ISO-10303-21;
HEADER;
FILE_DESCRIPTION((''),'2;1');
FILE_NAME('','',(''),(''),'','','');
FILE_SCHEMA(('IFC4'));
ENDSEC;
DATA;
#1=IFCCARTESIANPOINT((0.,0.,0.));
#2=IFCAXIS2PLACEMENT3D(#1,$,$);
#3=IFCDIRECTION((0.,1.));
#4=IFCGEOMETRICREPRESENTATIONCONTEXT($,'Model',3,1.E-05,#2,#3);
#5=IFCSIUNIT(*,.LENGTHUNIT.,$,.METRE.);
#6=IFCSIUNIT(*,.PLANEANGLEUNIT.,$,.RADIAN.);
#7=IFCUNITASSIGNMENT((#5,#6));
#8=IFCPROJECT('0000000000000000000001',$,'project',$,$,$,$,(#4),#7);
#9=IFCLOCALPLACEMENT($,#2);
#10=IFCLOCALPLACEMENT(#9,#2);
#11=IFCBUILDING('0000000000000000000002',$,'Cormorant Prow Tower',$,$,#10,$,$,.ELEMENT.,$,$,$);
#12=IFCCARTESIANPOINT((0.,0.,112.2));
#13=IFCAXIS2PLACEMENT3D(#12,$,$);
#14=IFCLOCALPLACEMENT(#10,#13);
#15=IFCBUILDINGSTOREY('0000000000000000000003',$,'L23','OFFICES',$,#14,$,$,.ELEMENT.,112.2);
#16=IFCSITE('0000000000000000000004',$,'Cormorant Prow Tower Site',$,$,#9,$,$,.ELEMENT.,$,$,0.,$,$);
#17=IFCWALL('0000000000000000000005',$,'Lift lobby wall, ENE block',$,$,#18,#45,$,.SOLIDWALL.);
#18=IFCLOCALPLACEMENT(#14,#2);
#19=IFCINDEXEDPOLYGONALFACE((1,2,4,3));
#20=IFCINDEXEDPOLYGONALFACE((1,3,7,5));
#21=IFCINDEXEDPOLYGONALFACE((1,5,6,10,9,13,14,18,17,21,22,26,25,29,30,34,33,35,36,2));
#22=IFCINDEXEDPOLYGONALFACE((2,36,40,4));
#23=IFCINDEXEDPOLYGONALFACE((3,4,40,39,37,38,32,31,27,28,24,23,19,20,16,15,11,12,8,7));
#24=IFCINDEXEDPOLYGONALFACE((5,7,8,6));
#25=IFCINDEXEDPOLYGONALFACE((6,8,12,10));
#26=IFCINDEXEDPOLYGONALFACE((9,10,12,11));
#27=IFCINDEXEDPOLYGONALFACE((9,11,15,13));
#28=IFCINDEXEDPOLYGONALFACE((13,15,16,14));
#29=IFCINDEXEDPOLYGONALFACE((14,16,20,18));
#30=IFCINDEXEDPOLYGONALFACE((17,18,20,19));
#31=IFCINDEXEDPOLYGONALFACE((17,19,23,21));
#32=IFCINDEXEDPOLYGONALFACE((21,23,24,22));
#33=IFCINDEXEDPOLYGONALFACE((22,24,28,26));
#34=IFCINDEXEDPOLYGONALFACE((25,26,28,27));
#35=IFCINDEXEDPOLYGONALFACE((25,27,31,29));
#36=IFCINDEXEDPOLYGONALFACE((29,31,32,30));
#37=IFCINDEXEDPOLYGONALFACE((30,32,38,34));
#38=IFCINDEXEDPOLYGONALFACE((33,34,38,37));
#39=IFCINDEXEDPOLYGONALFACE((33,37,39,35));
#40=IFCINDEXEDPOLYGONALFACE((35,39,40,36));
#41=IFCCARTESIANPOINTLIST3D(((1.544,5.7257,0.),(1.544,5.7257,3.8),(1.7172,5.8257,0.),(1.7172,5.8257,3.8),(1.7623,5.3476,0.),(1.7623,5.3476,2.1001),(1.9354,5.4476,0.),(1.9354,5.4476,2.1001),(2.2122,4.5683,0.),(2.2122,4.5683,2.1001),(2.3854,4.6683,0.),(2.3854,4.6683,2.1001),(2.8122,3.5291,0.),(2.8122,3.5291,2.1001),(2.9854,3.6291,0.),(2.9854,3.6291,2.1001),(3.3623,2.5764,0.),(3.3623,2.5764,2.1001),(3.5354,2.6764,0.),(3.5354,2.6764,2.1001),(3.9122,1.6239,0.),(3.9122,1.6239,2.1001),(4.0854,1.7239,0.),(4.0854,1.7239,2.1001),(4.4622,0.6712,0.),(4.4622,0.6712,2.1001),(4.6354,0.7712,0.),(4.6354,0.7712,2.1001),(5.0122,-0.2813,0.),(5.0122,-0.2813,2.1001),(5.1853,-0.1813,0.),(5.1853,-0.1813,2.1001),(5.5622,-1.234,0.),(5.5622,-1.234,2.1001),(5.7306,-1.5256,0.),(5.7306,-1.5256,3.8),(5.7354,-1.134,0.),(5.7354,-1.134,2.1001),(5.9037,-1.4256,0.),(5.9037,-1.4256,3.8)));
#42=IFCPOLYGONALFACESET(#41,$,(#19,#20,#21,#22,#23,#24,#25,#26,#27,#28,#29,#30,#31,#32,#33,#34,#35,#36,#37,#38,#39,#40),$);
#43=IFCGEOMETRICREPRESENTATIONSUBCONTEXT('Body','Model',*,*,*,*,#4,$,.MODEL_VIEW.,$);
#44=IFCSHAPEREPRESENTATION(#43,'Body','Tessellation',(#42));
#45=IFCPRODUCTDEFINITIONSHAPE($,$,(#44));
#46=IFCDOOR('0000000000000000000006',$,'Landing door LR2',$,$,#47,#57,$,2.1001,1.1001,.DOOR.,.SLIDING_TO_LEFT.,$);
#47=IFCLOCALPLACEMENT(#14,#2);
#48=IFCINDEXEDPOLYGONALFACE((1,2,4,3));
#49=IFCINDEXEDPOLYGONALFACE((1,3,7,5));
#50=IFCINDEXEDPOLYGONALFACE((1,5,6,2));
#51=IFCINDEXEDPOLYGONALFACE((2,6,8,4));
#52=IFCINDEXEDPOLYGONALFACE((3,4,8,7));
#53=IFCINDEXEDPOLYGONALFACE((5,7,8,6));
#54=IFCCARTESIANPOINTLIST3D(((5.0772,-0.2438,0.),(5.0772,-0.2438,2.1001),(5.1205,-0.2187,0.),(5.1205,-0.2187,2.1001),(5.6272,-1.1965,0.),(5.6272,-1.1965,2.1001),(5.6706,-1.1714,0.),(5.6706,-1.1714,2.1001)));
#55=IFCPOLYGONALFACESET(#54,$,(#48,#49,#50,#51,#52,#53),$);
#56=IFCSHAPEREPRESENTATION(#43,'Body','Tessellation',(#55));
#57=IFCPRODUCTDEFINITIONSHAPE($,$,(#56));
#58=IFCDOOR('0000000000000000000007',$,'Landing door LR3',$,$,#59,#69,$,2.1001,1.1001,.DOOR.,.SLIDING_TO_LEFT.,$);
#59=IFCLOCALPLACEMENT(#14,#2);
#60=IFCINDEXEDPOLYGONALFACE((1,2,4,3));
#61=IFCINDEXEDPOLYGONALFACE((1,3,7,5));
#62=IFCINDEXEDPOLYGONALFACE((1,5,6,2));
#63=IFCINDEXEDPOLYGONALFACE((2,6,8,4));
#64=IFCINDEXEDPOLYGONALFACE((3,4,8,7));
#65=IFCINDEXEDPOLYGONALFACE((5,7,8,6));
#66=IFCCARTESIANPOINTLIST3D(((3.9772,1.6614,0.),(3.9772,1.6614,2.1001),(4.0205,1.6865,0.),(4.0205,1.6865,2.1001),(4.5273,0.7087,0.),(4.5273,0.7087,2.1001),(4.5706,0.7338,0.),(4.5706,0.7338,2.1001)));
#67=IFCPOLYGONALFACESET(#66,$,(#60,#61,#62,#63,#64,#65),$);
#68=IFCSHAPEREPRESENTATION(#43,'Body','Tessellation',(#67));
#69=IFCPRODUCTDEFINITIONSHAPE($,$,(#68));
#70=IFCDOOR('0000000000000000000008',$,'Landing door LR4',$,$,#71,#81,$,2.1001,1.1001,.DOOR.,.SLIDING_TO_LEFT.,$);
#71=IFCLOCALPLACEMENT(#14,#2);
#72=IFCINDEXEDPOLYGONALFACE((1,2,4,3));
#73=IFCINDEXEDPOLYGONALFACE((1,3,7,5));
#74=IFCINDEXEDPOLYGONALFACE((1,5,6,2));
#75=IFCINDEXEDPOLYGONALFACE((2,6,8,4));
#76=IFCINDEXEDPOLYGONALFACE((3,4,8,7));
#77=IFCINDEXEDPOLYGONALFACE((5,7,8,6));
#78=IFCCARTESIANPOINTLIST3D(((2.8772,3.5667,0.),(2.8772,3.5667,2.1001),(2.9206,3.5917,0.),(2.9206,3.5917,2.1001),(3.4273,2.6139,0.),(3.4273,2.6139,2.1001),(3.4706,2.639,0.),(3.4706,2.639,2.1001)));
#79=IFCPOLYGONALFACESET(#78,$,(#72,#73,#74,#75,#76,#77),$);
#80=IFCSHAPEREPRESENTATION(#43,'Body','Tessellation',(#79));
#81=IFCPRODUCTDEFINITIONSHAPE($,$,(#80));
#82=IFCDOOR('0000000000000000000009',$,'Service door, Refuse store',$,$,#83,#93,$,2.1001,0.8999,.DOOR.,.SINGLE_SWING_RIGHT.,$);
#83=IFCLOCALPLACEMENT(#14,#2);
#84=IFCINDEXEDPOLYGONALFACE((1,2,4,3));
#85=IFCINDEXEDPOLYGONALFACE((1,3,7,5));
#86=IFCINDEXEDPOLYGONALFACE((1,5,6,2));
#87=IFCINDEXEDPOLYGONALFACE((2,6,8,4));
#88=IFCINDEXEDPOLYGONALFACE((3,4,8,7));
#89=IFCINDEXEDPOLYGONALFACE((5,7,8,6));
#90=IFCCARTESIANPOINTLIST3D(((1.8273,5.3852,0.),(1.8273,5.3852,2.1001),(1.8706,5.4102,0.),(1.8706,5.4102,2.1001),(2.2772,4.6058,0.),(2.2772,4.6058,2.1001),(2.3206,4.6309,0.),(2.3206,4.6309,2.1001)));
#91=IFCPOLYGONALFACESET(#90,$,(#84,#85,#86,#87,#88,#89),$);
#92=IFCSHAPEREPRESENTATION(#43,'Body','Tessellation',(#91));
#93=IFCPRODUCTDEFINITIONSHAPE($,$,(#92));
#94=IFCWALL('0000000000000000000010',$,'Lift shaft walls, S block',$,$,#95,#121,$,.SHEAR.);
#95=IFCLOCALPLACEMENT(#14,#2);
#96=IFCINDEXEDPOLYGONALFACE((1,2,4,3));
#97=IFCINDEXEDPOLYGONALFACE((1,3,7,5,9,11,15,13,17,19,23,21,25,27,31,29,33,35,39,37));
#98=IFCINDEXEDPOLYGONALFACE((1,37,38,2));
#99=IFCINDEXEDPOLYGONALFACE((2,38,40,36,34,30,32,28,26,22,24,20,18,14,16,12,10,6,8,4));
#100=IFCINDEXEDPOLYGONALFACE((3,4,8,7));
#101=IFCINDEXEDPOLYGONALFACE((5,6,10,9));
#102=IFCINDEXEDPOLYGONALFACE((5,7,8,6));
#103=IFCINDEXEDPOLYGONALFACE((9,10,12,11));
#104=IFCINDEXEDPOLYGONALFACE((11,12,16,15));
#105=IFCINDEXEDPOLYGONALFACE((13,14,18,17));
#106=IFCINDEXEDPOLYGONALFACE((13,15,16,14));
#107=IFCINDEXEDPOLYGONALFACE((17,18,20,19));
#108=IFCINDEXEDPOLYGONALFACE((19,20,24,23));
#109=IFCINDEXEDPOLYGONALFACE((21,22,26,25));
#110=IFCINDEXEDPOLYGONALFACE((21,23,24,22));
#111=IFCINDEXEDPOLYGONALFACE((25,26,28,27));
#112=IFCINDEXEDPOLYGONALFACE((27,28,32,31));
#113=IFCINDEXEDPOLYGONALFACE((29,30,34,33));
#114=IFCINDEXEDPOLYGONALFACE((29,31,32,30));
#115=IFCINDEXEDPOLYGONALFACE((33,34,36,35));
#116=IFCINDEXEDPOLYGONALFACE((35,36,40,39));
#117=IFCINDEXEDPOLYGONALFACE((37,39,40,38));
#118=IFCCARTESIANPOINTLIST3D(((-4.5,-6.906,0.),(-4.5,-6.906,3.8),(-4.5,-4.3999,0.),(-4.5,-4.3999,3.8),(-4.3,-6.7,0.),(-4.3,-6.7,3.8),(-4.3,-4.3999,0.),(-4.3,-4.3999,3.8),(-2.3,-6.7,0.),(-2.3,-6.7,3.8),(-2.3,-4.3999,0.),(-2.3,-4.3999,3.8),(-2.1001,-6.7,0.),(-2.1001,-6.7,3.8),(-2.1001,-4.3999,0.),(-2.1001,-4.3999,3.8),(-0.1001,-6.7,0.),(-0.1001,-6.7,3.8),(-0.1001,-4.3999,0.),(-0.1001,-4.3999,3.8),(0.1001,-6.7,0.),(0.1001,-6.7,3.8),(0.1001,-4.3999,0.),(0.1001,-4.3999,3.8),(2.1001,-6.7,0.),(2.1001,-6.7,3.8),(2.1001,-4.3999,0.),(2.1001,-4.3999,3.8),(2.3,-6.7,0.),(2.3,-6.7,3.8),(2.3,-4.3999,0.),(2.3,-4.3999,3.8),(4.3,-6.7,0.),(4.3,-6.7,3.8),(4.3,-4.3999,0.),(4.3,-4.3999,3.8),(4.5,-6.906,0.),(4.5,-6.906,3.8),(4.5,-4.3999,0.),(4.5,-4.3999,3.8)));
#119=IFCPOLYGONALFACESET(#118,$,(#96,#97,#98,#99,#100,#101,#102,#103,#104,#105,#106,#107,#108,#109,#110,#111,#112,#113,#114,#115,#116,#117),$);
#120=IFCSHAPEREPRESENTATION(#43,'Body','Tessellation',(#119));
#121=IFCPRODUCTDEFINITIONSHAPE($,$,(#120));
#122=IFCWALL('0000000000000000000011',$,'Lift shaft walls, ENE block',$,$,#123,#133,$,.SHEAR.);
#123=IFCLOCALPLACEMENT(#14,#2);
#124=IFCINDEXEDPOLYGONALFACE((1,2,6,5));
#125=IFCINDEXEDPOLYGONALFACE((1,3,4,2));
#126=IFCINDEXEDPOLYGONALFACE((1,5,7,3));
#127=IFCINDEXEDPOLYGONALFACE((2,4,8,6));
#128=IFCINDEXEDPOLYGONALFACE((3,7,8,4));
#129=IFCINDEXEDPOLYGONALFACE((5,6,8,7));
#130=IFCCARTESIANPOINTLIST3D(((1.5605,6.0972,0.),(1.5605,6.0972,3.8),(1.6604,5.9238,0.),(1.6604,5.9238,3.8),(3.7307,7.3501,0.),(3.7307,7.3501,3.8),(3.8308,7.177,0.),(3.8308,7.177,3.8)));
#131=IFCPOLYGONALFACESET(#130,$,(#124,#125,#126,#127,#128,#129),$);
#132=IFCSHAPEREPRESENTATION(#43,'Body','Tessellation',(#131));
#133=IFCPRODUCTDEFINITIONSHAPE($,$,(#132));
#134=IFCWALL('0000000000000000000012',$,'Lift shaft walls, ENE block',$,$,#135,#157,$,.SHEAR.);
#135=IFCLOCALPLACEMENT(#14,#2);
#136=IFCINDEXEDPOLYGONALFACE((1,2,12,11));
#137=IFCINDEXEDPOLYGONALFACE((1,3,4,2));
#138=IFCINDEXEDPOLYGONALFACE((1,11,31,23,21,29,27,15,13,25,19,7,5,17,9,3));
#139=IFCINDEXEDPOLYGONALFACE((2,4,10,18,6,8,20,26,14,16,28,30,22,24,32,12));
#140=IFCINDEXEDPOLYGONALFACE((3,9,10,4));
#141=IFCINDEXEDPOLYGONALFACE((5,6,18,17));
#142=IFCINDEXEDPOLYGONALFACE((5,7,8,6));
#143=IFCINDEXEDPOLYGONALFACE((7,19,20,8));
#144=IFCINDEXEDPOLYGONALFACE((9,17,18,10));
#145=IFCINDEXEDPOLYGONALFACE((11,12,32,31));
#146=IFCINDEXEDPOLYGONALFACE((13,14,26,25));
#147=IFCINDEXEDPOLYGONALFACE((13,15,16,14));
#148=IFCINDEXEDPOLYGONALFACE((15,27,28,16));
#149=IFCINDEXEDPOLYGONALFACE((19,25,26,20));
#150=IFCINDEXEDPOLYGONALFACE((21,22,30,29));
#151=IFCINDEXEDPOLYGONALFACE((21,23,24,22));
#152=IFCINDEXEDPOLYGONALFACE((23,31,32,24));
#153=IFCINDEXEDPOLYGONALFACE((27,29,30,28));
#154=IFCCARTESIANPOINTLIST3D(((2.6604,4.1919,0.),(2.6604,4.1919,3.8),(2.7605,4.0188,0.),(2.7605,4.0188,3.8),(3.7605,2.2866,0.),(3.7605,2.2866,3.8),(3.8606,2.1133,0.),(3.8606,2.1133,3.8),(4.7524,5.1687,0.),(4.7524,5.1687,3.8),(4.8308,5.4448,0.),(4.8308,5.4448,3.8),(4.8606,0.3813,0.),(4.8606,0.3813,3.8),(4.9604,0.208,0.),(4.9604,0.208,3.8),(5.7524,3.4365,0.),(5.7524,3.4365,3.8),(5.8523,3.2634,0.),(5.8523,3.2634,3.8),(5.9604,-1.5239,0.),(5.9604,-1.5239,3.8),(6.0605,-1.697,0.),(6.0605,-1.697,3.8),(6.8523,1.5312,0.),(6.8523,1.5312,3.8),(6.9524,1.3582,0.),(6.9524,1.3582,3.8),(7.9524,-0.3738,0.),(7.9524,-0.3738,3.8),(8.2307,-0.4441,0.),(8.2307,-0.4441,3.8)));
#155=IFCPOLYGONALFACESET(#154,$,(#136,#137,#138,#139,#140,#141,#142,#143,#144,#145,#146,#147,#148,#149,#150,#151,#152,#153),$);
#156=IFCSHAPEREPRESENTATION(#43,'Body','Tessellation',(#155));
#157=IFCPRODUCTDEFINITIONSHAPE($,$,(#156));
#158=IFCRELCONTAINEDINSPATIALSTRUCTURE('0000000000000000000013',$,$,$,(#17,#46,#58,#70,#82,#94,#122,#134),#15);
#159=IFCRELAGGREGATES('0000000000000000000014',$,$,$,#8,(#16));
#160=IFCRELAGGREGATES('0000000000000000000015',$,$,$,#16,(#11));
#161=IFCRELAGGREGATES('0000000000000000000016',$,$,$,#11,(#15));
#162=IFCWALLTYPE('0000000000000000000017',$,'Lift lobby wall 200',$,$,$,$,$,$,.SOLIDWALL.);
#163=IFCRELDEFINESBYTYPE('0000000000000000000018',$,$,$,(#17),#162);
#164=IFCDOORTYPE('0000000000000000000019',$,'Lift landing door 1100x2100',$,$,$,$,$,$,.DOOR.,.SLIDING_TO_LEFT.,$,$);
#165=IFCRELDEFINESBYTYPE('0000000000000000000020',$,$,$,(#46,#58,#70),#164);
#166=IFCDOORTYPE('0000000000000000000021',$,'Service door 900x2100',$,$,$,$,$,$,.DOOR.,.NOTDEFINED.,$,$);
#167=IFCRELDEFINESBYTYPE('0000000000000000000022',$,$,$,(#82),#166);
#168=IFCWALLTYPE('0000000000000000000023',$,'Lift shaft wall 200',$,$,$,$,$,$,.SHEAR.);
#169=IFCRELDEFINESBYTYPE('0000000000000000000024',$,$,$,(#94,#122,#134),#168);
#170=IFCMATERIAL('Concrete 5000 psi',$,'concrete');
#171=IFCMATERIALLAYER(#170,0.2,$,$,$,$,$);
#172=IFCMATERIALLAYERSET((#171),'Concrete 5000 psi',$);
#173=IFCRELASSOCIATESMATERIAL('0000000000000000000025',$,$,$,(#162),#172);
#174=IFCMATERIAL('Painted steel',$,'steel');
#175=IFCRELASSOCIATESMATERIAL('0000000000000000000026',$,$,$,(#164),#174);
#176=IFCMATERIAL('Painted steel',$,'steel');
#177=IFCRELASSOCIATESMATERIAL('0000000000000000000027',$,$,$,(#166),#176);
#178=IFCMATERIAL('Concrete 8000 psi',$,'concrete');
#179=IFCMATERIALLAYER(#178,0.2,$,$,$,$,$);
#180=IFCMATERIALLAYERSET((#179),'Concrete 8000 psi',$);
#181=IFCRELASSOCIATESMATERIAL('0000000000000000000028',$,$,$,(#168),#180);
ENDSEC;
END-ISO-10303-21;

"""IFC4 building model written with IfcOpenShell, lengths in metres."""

from ifc_helpers import new_model, si_unit, direction, frame, frame_2d, origin, place, context, subcontext, project, spatial, polyline, rectangle, outline, extrude, material, layer, layer_set, type_object, element, fill, save


model = new_model("IFC4")

# Units and contexts
model_context = context("Model", 3, precision=1e-05, world=origin(), true_north=direction((0.0, 1.0)))
body_context = subcontext(model_context, "Body", "Model", "MODEL_VIEW")
ifc_project = project(units=[si_unit("LENGTHUNIT", "METRE"), si_unit("PLANEANGLEUNIT", "RADIAN")], contexts=[model_context])

# Site, building, storey
site_placement = place(None, origin())
site = spatial("IfcSite", under=ifc_project, at=site_placement, Name="Cormorant Prow Tower Site", CompositionType="ELEMENT", RefElevation=0.0)
building_placement = place(site_placement, origin())
building = spatial("IfcBuilding", under=site, at=building_placement, Name="Cormorant Prow Tower", CompositionType="ELEMENT")
storey_placement = place(building_placement, frame((0.0, 0.0, 112.2)))
storey = spatial("IfcBuildingStorey", under=building, at=storey_placement, Name="L23", Description="OFFICES", CompositionType="ELEMENT", Elevation=112.2)

# Wall, openings, doors
ifc_material_1 = material(Name="Concrete 5000 psi", Category="concrete")
ifc_layer_1 = layer(ifc_material_1, 0.2)
ifc_layer_set_1 = layer_set([ifc_layer_1], Name="Concrete 5000 psi")
wall_type_1 = type_object("IfcWallType", Name="Lift lobby wall 200", PredefinedType="SOLIDWALL", material=ifc_layer_set_1)
wall_1_placement = place(storey_placement, frame((5.8171, -1.4756, 0.0), z_axis=(0.0, 0.0, 1.0), x_axis=(-0.500003, 0.866024, 0.0)))
wall_1 = element("IfcWall", 1, at=wall_1_placement, inside=storey, type_object=wall_type_1, Name="Lift lobby wall, ENE block", PredefinedType="SOLIDWALL", context=body_context, shape_type="SweptSolid", body=[
    extrude(rectangle(XDim=8.373, YDim=0.2, at=frame_2d((4.1865, 0.0))), origin(), (0.0, 0.0, 1.0), 3.8),
])
opening_1_placement = place(wall_1_placement, frame((0.3367, 0.0, 0.0)))
opening_1 = element("IfcOpeningElement", 2, at=opening_1_placement, cuts=wall_1, PredefinedType="OPENING", context=body_context, shape_type="SweptSolid", body=[
    extrude(rectangle(XDim=1.1001, YDim=2.1001, at=frame_2d((0.55, 1.05))), frame((0.0, 0.1099, 0.0), z_axis=(0.0, -1.0, 0.0), x_axis=(1.0, 0.0, 0.0)), (0.0, 0.0, 1.0), 0.22),
])
opening_2_placement = place(wall_1_placement, frame((2.5366, 0.0, 0.0)))
opening_2 = element("IfcOpeningElement", 3, at=opening_2_placement, cuts=wall_1, PredefinedType="OPENING", context=body_context, shape_type="SweptSolid", body=[
    extrude(rectangle(XDim=1.1001, YDim=2.1001, at=frame_2d((0.55, 1.05))), frame((0.0, 0.1099, 0.0), z_axis=(0.0, -1.0, 0.0), x_axis=(1.0, 0.0, 0.0)), (0.0, 0.0, 1.0), 0.22),
])
opening_3_placement = place(wall_1_placement, frame((4.7366, 0.0, 0.0)))
opening_3 = element("IfcOpeningElement", 4, at=opening_3_placement, cuts=wall_1, PredefinedType="OPENING", context=body_context, shape_type="SweptSolid", body=[
    extrude(rectangle(XDim=1.1001, YDim=2.1001, at=frame_2d((0.55, 1.05))), frame((0.0, 0.1099, 0.0), z_axis=(0.0, -1.0, 0.0), x_axis=(1.0, 0.0, 0.0)), (0.0, 0.0, 1.0), 0.22),
])
opening_4_placement = place(wall_1_placement, frame((7.0366, 0.0, 0.0)))
opening_4 = element("IfcOpeningElement", 5, at=opening_4_placement, cuts=wall_1, PredefinedType="OPENING", context=body_context, shape_type="SweptSolid", body=[
    extrude(rectangle(XDim=0.8999, YDim=2.1001, at=frame_2d((0.45, 1.05))), frame((0.0, 0.1099, 0.0), z_axis=(0.0, -1.0, 0.0), x_axis=(1.0, 0.0, 0.0)), (0.0, 0.0, 1.0), 0.22),
])
ifc_material_2 = material(Name="Painted steel", Category="steel")
door_type_1 = type_object("IfcDoorType", Name="Lift landing door 1100x2100", OperationType="SLIDING_TO_LEFT", PredefinedType="DOOR", material=ifc_material_2)
door_1_placement = place(opening_1_placement, origin())
door_1 = element("IfcDoor", 6, at=door_1_placement, inside=storey, type_object=door_type_1, Name="Landing door LR2", OperationType="SLIDING_TO_LEFT", OverallHeight=2.1001, OverallWidth=1.1001, PredefinedType="DOOR", context=body_context, shape_type="SweptSolid", body=[
    extrude(rectangle(XDim=1.1001, YDim=2.1001, at=frame_2d((0.55, 1.05))), frame((0.0, 0.0249, 0.0), z_axis=(0.0, -1.0, 0.0), x_axis=(1.0, 0.0, 0.0)), (0.0, 0.0, 1.0), 0.05),
])
fill(opening_1, door_1)
door_2_placement = place(opening_2_placement, origin())
door_2 = element("IfcDoor", 7, at=door_2_placement, inside=storey, type_object=door_type_1, Name="Landing door LR3", OperationType="SLIDING_TO_LEFT", OverallHeight=2.1001, OverallWidth=1.1001, PredefinedType="DOOR", context=body_context, shape_type="SweptSolid", body=[
    extrude(rectangle(XDim=1.1001, YDim=2.1001, at=frame_2d((0.55, 1.05))), frame((0.0, 0.0249, 0.0), z_axis=(0.0, -1.0, 0.0), x_axis=(1.0, 0.0, 0.0)), (0.0, 0.0, 1.0), 0.05),
])
fill(opening_2, door_2)
door_3_placement = place(opening_3_placement, origin())
door_3 = element("IfcDoor", 8, at=door_3_placement, inside=storey, type_object=door_type_1, Name="Landing door LR4", OperationType="SLIDING_TO_LEFT", OverallHeight=2.1001, OverallWidth=1.1001, PredefinedType="DOOR", context=body_context, shape_type="SweptSolid", body=[
    extrude(rectangle(XDim=1.1001, YDim=2.1001, at=frame_2d((0.55, 1.05))), frame((0.0, 0.0249, 0.0), z_axis=(0.0, -1.0, 0.0), x_axis=(1.0, 0.0, 0.0)), (0.0, 0.0, 1.0), 0.05),
])
fill(opening_3, door_3)
ifc_material_3 = material(Name="Painted steel", Category="steel")
door_type_2 = type_object("IfcDoorType", Name="Service door 900x2100", OperationType="NOTDEFINED", PredefinedType="DOOR", material=ifc_material_3)
door_4_placement = place(opening_4_placement, origin())
door_4 = element("IfcDoor", 9, at=door_4_placement, inside=storey, type_object=door_type_2, Name="Service door, Refuse store", OperationType="SINGLE_SWING_RIGHT", OverallHeight=2.1001, OverallWidth=0.8999, PredefinedType="DOOR", context=body_context, shape_type="SweptSolid", body=[
    extrude(rectangle(XDim=0.8999, YDim=2.1001, at=frame_2d((0.45, 1.05))), frame((0.0, 0.0249, 0.0), z_axis=(0.0, -1.0, 0.0), x_axis=(1.0, 0.0, 0.0)), (0.0, 0.0, 1.0), 0.05),
])
fill(opening_4, door_4)

# Walls
ifc_material_4 = material(Name="Concrete 8000 psi", Category="concrete")
ifc_layer_2 = layer(ifc_material_4, 0.2)
ifc_layer_set_2 = layer_set([ifc_layer_2], Name="Concrete 8000 psi")
wall_type_2 = type_object("IfcWallType", Name="Lift shaft wall 200", PredefinedType="SHEAR", material=ifc_layer_set_2)
wall_2_placement = place(storey_placement, origin())
element("IfcWall", 10, at=wall_2_placement, inside=storey, type_object=wall_type_2, Name="Lift shaft walls, S block", PredefinedType="SHEAR", context=body_context, shape_type="SweptSolid", body=[
    extrude(outline(polyline([(4.5, -4.3999), (4.5, -6.906), (-4.5, -6.906), (-4.5, -4.3999), (-4.3, -4.3999), (-4.3, -6.7), (-2.3, -6.7), (-2.3, -4.3999), (-2.1001, -4.3999), (-2.1001, -6.7), (-0.1001, -6.7), (-0.1001, -4.3999), (0.1001, -4.3999), (0.1001, -6.7), (2.1001, -6.7), (2.1001, -4.3999), (2.3, -4.3999), (2.3, -6.7), (4.3, -6.7), (4.3, -4.3999), (4.5, -4.3999)])), origin(), (0.0, 0.0, 1.0), 3.8),
])
wall_3_placement = place(storey_placement, origin())
element("IfcWall", 11, at=wall_3_placement, inside=storey, type_object=wall_type_2, Name="Lift shaft walls, ENE block", PredefinedType="SHEAR", context=body_context, shape_type="SweptSolid", body=[
    extrude(outline(polyline([(1.5605, 6.0972), (3.7307, 7.3501), (3.8308, 7.177), (1.6604, 5.9238), (1.5605, 6.0972)])), origin(), (0.0, 0.0, 1.0), 3.8),
])
wall_4_placement = place(storey_placement, origin())
element("IfcWall", 12, at=wall_4_placement, inside=storey, type_object=wall_type_2, Name="Lift shaft walls, ENE block", PredefinedType="SHEAR", context=body_context, shape_type="SweptSolid", body=[
    extrude(outline(polyline([(2.6604, 4.1919), (4.8308, 5.4448), (8.2307, -0.4441), (6.0605, -1.697), (5.9604, -1.5239), (7.9524, -0.3738), (6.9524, 1.3582), (4.9604, 0.208), (4.8606, 0.3813), (6.8523, 1.5312), (5.8523, 3.2634), (3.8606, 2.1133), (3.7605, 2.2866), (5.7524, 3.4365), (4.7524, 5.1687), (2.7605, 4.0188), (2.6604, 4.1919)])), origin(), (0.0, 0.0, 1.0), 3.8),
])

save(model, "model.ifc")
